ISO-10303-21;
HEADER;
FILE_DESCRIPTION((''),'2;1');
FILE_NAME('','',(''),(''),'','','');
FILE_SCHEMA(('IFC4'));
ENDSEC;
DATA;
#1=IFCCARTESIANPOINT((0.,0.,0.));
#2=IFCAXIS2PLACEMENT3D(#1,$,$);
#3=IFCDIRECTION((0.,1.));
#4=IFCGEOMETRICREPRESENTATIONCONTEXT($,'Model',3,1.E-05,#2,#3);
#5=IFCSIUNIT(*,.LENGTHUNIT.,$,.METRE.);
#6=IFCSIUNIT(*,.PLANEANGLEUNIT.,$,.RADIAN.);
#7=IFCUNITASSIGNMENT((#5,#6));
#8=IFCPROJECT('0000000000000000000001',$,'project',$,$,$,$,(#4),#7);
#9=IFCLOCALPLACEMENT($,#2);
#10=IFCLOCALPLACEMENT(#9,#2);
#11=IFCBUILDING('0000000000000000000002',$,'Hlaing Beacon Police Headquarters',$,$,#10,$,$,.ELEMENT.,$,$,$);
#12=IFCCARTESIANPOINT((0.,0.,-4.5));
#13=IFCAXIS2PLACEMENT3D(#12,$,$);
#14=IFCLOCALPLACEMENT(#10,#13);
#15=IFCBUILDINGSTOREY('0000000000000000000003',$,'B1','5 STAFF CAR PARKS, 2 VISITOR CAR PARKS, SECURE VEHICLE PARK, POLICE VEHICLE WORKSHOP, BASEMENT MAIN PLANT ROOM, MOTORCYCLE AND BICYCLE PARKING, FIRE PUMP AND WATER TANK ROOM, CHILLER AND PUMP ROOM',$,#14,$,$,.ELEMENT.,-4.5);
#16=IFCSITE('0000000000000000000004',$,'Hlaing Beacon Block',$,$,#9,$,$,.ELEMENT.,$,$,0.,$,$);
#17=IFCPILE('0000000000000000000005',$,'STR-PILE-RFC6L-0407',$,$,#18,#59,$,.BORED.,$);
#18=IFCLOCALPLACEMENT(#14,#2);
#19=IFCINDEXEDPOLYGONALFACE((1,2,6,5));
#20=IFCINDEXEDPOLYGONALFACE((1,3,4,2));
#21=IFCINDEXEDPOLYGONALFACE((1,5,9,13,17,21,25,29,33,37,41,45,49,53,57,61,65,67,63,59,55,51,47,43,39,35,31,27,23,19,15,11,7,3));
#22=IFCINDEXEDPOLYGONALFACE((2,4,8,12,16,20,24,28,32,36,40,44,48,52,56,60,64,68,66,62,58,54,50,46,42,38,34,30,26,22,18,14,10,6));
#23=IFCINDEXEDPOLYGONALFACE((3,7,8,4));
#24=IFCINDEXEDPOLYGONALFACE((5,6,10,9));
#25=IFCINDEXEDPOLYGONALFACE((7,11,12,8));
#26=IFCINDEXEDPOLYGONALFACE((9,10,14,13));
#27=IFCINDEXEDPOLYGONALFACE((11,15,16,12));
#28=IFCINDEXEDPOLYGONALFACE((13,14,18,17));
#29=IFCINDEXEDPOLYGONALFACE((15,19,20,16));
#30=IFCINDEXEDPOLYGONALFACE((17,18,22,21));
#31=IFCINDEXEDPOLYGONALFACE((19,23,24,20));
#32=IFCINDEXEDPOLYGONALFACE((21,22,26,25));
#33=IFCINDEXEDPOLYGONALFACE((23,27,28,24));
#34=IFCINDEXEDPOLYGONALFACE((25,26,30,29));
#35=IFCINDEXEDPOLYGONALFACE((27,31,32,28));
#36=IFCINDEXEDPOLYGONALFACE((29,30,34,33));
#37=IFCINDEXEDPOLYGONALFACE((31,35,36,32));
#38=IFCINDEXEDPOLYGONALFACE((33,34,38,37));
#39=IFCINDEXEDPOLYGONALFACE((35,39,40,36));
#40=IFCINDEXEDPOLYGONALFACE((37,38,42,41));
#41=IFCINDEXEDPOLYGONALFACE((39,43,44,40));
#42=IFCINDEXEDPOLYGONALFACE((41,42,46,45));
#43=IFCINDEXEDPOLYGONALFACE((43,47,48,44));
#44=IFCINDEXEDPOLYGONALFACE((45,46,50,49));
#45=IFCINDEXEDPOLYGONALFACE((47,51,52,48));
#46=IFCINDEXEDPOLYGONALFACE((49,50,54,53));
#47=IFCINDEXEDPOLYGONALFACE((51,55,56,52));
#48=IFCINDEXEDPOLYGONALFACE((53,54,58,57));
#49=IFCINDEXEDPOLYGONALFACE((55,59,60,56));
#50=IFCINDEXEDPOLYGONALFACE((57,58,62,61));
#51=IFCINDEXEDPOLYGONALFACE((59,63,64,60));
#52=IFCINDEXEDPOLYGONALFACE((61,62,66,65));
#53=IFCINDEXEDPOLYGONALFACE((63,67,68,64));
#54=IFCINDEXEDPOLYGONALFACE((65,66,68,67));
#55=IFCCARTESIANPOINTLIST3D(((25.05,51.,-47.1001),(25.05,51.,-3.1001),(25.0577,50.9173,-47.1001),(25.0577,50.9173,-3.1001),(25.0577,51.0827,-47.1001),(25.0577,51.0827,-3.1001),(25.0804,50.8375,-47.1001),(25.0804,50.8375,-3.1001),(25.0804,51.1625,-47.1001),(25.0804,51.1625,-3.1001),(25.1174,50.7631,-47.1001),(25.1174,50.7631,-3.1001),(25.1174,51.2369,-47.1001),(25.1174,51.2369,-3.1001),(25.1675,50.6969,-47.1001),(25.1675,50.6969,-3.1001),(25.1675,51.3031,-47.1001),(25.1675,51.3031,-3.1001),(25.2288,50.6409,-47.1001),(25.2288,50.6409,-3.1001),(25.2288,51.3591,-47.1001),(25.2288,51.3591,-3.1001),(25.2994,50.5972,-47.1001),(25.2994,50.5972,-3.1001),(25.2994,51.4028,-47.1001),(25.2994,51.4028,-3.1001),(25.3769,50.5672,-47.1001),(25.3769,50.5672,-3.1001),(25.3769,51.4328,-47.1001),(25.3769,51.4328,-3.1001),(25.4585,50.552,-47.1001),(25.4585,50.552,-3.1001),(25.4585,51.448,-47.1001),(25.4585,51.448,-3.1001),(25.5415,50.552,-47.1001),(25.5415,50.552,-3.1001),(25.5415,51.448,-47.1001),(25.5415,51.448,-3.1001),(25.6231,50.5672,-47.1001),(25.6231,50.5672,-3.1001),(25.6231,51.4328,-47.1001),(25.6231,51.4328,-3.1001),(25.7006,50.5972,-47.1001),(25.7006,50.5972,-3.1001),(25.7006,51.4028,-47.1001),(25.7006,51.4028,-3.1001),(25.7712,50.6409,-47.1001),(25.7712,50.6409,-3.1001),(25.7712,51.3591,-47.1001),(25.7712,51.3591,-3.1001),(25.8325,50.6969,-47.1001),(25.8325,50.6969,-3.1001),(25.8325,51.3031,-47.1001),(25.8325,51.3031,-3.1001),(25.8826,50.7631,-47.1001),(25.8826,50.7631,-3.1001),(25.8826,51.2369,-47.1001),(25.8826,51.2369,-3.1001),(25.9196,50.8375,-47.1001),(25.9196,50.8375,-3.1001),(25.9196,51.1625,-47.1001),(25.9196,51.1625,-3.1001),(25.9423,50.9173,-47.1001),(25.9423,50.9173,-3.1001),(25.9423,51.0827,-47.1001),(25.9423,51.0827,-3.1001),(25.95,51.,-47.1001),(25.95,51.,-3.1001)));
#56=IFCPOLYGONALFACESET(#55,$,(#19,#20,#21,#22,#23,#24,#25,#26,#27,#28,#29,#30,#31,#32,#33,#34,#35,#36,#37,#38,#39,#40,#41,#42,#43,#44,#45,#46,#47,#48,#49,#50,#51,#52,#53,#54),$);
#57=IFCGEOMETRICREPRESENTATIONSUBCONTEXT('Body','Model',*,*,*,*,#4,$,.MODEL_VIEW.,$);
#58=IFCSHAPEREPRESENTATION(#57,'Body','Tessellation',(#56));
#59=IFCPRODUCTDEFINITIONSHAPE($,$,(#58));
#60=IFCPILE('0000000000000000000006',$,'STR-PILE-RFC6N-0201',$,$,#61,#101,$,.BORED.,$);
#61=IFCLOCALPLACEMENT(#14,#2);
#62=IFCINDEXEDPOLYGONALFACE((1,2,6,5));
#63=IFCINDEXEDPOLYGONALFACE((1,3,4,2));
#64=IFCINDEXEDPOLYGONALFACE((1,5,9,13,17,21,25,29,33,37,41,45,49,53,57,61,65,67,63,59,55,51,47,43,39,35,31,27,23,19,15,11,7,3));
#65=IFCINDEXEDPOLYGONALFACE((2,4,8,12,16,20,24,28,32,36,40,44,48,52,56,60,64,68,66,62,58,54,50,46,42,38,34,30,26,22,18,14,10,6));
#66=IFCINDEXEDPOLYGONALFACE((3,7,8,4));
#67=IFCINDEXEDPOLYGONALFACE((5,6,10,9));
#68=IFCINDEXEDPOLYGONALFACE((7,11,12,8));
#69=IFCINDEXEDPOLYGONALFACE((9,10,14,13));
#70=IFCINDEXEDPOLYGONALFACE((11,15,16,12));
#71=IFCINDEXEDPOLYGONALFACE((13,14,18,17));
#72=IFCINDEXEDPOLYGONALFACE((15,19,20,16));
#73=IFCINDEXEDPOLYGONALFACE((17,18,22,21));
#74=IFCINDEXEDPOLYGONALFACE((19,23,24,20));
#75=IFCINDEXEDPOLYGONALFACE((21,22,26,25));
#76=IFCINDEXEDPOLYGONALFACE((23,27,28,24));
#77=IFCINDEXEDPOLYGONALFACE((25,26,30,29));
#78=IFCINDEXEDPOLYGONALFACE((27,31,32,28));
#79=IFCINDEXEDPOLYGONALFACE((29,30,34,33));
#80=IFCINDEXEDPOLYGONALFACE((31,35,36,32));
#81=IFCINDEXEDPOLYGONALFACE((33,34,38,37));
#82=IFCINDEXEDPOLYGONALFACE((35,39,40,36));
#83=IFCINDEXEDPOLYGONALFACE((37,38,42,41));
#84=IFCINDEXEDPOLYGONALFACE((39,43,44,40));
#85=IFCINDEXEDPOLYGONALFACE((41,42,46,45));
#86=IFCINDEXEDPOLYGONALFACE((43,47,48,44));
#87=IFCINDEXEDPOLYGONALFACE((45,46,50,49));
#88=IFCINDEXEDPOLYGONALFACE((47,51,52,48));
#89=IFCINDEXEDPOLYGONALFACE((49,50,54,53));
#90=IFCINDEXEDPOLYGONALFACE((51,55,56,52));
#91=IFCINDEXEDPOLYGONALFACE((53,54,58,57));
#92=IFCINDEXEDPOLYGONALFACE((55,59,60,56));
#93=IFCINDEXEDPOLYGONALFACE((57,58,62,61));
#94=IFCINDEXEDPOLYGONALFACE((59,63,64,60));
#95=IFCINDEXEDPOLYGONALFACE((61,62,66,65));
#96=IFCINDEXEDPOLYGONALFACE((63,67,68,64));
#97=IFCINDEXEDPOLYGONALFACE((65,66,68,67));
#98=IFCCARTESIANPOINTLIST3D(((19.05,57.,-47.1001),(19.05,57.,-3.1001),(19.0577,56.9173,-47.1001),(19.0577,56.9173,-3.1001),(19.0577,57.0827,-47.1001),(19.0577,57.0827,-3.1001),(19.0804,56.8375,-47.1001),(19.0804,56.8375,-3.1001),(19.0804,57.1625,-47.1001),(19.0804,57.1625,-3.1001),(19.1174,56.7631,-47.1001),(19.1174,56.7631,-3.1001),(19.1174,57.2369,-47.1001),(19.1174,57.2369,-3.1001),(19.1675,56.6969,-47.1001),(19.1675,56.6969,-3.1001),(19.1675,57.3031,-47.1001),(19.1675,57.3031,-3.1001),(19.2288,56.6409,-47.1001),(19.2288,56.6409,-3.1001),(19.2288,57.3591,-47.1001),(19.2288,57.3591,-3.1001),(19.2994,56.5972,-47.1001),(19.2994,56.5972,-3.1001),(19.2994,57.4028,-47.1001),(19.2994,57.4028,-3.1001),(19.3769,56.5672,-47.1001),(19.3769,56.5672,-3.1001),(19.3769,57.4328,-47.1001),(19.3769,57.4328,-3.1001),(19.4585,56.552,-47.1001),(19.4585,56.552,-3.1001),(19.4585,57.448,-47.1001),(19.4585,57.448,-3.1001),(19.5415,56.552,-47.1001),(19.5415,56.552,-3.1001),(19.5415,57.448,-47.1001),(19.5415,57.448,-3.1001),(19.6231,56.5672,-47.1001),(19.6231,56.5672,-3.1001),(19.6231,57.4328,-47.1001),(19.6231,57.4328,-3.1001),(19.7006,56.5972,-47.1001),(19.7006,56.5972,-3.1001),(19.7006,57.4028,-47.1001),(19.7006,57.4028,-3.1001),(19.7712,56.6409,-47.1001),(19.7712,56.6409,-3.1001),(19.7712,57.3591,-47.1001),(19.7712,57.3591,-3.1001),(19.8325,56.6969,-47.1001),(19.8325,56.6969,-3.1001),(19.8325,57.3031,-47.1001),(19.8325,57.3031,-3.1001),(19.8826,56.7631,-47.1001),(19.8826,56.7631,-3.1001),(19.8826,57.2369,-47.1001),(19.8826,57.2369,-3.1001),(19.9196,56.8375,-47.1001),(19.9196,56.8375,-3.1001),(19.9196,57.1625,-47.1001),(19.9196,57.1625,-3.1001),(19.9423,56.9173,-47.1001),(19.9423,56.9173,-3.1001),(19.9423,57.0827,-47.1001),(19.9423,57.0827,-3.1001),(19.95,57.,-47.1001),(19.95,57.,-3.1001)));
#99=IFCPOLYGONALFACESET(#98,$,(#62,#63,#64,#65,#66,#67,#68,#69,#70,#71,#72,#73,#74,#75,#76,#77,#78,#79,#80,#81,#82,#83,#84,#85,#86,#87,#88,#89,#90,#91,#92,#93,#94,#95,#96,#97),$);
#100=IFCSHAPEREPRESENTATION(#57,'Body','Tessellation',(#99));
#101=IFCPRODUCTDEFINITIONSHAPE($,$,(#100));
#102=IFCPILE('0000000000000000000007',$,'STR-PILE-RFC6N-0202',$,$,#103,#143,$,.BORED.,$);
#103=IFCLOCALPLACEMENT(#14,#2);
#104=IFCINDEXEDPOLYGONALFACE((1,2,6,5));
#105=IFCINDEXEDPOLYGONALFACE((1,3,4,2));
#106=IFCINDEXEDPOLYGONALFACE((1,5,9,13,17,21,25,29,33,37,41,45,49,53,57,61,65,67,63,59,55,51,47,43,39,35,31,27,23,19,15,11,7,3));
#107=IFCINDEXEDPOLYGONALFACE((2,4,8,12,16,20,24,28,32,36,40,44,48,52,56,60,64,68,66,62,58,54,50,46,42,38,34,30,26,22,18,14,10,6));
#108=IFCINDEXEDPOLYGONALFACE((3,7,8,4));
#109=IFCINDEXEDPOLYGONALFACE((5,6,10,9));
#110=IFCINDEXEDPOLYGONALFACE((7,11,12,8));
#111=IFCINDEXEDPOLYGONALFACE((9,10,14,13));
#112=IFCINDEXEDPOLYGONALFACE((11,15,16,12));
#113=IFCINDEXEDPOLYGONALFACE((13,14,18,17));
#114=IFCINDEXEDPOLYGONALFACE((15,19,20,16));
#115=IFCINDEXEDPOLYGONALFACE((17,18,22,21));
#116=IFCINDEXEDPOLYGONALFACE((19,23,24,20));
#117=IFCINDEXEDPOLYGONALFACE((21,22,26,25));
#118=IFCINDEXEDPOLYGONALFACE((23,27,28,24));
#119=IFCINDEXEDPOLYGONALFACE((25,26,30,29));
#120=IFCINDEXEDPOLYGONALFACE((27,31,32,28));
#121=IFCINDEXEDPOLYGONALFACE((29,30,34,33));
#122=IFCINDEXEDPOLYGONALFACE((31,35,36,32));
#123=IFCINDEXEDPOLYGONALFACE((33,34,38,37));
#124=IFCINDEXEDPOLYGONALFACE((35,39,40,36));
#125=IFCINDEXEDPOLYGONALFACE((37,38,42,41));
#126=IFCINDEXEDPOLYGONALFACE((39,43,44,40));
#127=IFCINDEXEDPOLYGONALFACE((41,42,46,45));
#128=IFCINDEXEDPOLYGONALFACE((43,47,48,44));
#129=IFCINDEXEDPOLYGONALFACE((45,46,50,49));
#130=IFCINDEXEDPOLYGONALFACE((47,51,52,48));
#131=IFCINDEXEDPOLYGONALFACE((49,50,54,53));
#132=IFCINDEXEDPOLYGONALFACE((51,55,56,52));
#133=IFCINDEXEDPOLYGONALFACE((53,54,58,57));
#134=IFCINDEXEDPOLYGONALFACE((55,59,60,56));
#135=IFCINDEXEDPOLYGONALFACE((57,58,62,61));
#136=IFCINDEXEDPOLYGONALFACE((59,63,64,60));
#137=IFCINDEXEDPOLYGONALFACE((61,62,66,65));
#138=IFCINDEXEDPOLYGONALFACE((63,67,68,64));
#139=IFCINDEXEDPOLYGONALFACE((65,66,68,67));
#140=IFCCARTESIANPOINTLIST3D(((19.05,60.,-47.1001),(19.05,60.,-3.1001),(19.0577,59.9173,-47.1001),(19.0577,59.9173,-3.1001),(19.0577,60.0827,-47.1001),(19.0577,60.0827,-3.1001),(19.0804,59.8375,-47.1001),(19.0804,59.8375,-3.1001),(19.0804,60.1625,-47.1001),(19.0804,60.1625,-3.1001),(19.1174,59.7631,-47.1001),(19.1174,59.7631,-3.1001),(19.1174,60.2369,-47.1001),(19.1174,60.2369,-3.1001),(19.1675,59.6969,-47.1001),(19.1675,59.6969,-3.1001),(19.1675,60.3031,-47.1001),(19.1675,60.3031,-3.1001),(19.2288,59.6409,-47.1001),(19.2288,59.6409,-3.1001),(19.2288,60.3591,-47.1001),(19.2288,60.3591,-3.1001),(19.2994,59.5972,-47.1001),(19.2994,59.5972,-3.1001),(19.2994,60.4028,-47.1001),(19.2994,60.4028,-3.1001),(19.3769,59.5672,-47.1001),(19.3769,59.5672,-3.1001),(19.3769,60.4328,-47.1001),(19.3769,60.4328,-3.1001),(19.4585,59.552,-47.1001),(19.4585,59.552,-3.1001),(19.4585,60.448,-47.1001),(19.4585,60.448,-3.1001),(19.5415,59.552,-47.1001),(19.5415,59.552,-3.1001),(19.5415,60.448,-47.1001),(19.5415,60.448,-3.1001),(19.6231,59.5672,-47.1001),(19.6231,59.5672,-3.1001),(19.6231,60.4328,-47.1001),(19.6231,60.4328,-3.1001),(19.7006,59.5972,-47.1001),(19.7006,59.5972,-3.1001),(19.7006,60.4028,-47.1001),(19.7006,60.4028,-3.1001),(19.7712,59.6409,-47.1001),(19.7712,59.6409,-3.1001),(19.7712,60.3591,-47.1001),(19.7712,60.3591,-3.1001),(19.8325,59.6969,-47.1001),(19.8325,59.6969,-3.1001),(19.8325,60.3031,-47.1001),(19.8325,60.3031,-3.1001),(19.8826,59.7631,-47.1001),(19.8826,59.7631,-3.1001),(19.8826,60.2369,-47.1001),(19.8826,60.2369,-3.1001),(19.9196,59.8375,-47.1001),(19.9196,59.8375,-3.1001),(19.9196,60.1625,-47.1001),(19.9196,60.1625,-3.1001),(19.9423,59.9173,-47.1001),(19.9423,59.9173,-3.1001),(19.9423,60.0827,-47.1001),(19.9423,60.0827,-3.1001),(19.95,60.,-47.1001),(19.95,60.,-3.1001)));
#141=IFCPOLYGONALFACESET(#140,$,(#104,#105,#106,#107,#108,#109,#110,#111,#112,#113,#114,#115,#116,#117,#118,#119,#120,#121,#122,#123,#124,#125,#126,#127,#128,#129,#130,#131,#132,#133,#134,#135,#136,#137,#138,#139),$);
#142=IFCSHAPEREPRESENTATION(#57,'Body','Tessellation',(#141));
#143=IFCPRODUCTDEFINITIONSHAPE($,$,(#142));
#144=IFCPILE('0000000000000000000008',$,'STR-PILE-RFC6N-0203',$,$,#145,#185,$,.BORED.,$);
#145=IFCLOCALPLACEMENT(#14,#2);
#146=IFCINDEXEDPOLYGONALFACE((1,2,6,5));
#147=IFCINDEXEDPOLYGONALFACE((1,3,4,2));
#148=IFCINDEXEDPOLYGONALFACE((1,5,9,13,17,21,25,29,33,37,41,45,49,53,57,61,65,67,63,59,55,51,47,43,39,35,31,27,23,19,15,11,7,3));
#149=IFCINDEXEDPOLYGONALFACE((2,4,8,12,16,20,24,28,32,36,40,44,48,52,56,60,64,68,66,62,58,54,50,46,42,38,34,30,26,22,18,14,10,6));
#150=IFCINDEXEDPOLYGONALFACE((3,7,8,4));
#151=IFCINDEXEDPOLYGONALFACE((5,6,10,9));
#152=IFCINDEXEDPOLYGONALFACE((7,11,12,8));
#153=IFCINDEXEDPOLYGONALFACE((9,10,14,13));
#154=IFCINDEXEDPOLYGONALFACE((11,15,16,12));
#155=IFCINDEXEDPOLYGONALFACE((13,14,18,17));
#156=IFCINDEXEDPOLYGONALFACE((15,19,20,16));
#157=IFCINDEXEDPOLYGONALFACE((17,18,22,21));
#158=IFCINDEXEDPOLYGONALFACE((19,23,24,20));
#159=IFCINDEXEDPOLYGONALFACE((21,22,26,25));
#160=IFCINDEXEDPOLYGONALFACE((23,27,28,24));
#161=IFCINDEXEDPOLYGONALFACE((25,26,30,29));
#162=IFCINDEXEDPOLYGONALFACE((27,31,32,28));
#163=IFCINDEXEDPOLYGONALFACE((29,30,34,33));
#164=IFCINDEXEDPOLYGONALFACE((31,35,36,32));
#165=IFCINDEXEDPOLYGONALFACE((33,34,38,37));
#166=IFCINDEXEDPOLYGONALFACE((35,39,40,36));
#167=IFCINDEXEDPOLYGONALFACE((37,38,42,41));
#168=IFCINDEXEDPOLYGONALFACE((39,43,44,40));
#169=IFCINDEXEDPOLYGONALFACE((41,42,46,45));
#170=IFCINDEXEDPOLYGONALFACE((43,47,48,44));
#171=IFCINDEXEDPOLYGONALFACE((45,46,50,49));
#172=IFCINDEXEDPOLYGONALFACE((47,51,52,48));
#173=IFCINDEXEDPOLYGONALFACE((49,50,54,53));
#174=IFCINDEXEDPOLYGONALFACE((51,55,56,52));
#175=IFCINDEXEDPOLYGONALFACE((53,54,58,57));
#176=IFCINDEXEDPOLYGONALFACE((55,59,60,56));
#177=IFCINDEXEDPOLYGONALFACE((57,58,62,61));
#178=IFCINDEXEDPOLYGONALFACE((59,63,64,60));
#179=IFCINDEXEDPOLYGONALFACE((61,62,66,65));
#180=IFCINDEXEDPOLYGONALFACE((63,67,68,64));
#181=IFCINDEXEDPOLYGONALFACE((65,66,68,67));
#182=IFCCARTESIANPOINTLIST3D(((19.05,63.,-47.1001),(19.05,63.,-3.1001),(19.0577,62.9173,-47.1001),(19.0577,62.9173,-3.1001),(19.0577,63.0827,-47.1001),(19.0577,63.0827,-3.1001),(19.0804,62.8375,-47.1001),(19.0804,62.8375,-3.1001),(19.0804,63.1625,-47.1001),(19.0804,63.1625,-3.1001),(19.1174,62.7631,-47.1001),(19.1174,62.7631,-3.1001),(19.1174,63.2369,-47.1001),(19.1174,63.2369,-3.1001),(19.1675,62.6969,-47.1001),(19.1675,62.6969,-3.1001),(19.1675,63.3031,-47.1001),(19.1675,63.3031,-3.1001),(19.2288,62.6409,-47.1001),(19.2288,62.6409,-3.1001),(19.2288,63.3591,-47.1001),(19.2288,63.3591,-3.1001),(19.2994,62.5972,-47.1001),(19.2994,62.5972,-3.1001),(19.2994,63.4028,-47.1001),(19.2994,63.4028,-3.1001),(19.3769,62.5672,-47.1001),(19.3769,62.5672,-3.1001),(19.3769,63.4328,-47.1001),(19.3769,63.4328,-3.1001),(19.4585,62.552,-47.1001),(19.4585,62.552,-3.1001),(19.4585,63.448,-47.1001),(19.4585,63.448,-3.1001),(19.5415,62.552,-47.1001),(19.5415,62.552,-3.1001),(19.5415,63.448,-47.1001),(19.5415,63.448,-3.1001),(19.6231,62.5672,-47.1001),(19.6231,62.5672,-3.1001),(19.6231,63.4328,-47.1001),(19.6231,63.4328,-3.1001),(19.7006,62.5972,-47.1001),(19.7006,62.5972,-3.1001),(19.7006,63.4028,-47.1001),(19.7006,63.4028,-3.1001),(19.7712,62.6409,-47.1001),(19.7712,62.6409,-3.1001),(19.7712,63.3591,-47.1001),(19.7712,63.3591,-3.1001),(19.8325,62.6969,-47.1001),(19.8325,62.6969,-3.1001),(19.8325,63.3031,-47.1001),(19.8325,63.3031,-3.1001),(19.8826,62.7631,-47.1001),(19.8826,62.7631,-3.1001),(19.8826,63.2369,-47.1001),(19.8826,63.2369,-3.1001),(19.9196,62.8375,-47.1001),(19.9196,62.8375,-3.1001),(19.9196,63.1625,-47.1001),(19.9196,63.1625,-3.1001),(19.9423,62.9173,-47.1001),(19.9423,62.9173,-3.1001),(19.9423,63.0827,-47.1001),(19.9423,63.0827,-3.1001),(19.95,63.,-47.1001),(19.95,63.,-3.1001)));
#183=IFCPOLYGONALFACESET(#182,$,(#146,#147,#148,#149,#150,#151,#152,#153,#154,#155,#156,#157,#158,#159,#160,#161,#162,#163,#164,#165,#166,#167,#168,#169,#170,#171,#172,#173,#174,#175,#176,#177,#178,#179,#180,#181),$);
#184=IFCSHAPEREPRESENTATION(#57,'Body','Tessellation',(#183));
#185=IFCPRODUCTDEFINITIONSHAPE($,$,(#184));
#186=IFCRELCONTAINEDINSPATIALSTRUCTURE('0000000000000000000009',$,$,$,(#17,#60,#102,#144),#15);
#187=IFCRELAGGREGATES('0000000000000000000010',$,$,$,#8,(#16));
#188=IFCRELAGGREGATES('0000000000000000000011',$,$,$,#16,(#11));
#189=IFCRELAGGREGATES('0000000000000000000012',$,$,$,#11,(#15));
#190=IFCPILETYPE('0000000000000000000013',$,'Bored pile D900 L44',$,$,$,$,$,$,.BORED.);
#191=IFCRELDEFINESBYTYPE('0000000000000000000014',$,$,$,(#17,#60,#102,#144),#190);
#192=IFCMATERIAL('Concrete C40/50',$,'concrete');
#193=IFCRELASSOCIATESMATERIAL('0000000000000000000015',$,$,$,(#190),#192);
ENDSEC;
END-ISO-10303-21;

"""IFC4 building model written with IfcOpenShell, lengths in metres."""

from ifc_helpers import new_model, si_unit, direction, frame, origin, origin_2d, place, context, subcontext, project, spatial, circle, extrude, material, material_profile, profile_set, type_object, element, save


model = new_model("IFC4")

# Units and contexts
model_context = context("Model", 3, precision=1e-05, world=origin(), true_north=direction((0.0, 1.0)))
body_context = subcontext(model_context, "Body", "Model", "MODEL_VIEW")
ifc_project = project(units=[si_unit("LENGTHUNIT", "METRE"), si_unit("PLANEANGLEUNIT", "RADIAN")], contexts=[model_context])

# Site, building, storey
site_placement = place(None, origin())
site = spatial("IfcSite", under=ifc_project, at=site_placement, Name="Hlaing Beacon Block", CompositionType="ELEMENT", RefElevation=0.0)
building_placement = place(site_placement, origin())
building = spatial("IfcBuilding", under=site, at=building_placement, Name="Hlaing Beacon Police Headquarters", CompositionType="ELEMENT")
storey_placement = place(building_placement, frame((0.0, 0.0, -4.5)))
storey = spatial("IfcBuildingStorey", under=building, at=storey_placement, Name="B1", Description="5 STAFF CAR PARKS, 2 VISITOR CAR PARKS, SECURE VEHICLE PARK, POLICE VEHICLE WORKSHOP, BASEMENT MAIN PLANT ROOM, MOTORCYCLE AND BICYCLE PARKING, FIRE PUMP AND WATER TANK ROOM, CHILLER AND PUMP ROOM", CompositionType="ELEMENT", Elevation=-4.5)

# Piles
ifc_material_1 = material(Name="Concrete C40/50", Category="concrete")
ifc_material_profile = material_profile(ifc_material_1, circle(Radius=0.45, at=origin_2d()), Name="D900")
ifc_profile_set = profile_set([ifc_material_profile], Name="Concrete C40/50")
pile_type = type_object("IfcPileType", Name="Bored pile D900 L44", PredefinedType="BORED", material=ifc_profile_set)
for number, where, z_axis, x_axis, name in (
    (1, (25.5, 51.0, -3.1001), (0.0, 0.0, -1.0), (1.0, 0.0, 0.0), "STR-PILE-RFC6L-0407"),
    (2, (19.5, 57.0, -3.1001), (0.0, 0.0, -1.0), (1.0, 0.0, 0.0), "STR-PILE-RFC6N-0201"),
    (3, (19.5, 60.0, -3.1001), (0.0, 0.0, -1.0), (1.0, 0.0, 0.0), "STR-PILE-RFC6N-0202"),
    (4, (19.5, 63.0, -3.1001), (0.0, 0.0, -1.0), (1.0, 0.0, 0.0), "STR-PILE-RFC6N-0203"),
):
    element("IfcPile", number, at=place(storey_placement, frame(where, z_axis=z_axis, x_axis=x_axis)), inside=storey, type_object=pile_type, Name=name, PredefinedType="BORED", context=body_context, shape_type="SweptSolid", body=[
        extrude(circle(Radius=0.45, at=origin_2d()), origin(), (0.0, 0.0, 1.0), 44.0),
    ])

save(model, "model.ifc")
